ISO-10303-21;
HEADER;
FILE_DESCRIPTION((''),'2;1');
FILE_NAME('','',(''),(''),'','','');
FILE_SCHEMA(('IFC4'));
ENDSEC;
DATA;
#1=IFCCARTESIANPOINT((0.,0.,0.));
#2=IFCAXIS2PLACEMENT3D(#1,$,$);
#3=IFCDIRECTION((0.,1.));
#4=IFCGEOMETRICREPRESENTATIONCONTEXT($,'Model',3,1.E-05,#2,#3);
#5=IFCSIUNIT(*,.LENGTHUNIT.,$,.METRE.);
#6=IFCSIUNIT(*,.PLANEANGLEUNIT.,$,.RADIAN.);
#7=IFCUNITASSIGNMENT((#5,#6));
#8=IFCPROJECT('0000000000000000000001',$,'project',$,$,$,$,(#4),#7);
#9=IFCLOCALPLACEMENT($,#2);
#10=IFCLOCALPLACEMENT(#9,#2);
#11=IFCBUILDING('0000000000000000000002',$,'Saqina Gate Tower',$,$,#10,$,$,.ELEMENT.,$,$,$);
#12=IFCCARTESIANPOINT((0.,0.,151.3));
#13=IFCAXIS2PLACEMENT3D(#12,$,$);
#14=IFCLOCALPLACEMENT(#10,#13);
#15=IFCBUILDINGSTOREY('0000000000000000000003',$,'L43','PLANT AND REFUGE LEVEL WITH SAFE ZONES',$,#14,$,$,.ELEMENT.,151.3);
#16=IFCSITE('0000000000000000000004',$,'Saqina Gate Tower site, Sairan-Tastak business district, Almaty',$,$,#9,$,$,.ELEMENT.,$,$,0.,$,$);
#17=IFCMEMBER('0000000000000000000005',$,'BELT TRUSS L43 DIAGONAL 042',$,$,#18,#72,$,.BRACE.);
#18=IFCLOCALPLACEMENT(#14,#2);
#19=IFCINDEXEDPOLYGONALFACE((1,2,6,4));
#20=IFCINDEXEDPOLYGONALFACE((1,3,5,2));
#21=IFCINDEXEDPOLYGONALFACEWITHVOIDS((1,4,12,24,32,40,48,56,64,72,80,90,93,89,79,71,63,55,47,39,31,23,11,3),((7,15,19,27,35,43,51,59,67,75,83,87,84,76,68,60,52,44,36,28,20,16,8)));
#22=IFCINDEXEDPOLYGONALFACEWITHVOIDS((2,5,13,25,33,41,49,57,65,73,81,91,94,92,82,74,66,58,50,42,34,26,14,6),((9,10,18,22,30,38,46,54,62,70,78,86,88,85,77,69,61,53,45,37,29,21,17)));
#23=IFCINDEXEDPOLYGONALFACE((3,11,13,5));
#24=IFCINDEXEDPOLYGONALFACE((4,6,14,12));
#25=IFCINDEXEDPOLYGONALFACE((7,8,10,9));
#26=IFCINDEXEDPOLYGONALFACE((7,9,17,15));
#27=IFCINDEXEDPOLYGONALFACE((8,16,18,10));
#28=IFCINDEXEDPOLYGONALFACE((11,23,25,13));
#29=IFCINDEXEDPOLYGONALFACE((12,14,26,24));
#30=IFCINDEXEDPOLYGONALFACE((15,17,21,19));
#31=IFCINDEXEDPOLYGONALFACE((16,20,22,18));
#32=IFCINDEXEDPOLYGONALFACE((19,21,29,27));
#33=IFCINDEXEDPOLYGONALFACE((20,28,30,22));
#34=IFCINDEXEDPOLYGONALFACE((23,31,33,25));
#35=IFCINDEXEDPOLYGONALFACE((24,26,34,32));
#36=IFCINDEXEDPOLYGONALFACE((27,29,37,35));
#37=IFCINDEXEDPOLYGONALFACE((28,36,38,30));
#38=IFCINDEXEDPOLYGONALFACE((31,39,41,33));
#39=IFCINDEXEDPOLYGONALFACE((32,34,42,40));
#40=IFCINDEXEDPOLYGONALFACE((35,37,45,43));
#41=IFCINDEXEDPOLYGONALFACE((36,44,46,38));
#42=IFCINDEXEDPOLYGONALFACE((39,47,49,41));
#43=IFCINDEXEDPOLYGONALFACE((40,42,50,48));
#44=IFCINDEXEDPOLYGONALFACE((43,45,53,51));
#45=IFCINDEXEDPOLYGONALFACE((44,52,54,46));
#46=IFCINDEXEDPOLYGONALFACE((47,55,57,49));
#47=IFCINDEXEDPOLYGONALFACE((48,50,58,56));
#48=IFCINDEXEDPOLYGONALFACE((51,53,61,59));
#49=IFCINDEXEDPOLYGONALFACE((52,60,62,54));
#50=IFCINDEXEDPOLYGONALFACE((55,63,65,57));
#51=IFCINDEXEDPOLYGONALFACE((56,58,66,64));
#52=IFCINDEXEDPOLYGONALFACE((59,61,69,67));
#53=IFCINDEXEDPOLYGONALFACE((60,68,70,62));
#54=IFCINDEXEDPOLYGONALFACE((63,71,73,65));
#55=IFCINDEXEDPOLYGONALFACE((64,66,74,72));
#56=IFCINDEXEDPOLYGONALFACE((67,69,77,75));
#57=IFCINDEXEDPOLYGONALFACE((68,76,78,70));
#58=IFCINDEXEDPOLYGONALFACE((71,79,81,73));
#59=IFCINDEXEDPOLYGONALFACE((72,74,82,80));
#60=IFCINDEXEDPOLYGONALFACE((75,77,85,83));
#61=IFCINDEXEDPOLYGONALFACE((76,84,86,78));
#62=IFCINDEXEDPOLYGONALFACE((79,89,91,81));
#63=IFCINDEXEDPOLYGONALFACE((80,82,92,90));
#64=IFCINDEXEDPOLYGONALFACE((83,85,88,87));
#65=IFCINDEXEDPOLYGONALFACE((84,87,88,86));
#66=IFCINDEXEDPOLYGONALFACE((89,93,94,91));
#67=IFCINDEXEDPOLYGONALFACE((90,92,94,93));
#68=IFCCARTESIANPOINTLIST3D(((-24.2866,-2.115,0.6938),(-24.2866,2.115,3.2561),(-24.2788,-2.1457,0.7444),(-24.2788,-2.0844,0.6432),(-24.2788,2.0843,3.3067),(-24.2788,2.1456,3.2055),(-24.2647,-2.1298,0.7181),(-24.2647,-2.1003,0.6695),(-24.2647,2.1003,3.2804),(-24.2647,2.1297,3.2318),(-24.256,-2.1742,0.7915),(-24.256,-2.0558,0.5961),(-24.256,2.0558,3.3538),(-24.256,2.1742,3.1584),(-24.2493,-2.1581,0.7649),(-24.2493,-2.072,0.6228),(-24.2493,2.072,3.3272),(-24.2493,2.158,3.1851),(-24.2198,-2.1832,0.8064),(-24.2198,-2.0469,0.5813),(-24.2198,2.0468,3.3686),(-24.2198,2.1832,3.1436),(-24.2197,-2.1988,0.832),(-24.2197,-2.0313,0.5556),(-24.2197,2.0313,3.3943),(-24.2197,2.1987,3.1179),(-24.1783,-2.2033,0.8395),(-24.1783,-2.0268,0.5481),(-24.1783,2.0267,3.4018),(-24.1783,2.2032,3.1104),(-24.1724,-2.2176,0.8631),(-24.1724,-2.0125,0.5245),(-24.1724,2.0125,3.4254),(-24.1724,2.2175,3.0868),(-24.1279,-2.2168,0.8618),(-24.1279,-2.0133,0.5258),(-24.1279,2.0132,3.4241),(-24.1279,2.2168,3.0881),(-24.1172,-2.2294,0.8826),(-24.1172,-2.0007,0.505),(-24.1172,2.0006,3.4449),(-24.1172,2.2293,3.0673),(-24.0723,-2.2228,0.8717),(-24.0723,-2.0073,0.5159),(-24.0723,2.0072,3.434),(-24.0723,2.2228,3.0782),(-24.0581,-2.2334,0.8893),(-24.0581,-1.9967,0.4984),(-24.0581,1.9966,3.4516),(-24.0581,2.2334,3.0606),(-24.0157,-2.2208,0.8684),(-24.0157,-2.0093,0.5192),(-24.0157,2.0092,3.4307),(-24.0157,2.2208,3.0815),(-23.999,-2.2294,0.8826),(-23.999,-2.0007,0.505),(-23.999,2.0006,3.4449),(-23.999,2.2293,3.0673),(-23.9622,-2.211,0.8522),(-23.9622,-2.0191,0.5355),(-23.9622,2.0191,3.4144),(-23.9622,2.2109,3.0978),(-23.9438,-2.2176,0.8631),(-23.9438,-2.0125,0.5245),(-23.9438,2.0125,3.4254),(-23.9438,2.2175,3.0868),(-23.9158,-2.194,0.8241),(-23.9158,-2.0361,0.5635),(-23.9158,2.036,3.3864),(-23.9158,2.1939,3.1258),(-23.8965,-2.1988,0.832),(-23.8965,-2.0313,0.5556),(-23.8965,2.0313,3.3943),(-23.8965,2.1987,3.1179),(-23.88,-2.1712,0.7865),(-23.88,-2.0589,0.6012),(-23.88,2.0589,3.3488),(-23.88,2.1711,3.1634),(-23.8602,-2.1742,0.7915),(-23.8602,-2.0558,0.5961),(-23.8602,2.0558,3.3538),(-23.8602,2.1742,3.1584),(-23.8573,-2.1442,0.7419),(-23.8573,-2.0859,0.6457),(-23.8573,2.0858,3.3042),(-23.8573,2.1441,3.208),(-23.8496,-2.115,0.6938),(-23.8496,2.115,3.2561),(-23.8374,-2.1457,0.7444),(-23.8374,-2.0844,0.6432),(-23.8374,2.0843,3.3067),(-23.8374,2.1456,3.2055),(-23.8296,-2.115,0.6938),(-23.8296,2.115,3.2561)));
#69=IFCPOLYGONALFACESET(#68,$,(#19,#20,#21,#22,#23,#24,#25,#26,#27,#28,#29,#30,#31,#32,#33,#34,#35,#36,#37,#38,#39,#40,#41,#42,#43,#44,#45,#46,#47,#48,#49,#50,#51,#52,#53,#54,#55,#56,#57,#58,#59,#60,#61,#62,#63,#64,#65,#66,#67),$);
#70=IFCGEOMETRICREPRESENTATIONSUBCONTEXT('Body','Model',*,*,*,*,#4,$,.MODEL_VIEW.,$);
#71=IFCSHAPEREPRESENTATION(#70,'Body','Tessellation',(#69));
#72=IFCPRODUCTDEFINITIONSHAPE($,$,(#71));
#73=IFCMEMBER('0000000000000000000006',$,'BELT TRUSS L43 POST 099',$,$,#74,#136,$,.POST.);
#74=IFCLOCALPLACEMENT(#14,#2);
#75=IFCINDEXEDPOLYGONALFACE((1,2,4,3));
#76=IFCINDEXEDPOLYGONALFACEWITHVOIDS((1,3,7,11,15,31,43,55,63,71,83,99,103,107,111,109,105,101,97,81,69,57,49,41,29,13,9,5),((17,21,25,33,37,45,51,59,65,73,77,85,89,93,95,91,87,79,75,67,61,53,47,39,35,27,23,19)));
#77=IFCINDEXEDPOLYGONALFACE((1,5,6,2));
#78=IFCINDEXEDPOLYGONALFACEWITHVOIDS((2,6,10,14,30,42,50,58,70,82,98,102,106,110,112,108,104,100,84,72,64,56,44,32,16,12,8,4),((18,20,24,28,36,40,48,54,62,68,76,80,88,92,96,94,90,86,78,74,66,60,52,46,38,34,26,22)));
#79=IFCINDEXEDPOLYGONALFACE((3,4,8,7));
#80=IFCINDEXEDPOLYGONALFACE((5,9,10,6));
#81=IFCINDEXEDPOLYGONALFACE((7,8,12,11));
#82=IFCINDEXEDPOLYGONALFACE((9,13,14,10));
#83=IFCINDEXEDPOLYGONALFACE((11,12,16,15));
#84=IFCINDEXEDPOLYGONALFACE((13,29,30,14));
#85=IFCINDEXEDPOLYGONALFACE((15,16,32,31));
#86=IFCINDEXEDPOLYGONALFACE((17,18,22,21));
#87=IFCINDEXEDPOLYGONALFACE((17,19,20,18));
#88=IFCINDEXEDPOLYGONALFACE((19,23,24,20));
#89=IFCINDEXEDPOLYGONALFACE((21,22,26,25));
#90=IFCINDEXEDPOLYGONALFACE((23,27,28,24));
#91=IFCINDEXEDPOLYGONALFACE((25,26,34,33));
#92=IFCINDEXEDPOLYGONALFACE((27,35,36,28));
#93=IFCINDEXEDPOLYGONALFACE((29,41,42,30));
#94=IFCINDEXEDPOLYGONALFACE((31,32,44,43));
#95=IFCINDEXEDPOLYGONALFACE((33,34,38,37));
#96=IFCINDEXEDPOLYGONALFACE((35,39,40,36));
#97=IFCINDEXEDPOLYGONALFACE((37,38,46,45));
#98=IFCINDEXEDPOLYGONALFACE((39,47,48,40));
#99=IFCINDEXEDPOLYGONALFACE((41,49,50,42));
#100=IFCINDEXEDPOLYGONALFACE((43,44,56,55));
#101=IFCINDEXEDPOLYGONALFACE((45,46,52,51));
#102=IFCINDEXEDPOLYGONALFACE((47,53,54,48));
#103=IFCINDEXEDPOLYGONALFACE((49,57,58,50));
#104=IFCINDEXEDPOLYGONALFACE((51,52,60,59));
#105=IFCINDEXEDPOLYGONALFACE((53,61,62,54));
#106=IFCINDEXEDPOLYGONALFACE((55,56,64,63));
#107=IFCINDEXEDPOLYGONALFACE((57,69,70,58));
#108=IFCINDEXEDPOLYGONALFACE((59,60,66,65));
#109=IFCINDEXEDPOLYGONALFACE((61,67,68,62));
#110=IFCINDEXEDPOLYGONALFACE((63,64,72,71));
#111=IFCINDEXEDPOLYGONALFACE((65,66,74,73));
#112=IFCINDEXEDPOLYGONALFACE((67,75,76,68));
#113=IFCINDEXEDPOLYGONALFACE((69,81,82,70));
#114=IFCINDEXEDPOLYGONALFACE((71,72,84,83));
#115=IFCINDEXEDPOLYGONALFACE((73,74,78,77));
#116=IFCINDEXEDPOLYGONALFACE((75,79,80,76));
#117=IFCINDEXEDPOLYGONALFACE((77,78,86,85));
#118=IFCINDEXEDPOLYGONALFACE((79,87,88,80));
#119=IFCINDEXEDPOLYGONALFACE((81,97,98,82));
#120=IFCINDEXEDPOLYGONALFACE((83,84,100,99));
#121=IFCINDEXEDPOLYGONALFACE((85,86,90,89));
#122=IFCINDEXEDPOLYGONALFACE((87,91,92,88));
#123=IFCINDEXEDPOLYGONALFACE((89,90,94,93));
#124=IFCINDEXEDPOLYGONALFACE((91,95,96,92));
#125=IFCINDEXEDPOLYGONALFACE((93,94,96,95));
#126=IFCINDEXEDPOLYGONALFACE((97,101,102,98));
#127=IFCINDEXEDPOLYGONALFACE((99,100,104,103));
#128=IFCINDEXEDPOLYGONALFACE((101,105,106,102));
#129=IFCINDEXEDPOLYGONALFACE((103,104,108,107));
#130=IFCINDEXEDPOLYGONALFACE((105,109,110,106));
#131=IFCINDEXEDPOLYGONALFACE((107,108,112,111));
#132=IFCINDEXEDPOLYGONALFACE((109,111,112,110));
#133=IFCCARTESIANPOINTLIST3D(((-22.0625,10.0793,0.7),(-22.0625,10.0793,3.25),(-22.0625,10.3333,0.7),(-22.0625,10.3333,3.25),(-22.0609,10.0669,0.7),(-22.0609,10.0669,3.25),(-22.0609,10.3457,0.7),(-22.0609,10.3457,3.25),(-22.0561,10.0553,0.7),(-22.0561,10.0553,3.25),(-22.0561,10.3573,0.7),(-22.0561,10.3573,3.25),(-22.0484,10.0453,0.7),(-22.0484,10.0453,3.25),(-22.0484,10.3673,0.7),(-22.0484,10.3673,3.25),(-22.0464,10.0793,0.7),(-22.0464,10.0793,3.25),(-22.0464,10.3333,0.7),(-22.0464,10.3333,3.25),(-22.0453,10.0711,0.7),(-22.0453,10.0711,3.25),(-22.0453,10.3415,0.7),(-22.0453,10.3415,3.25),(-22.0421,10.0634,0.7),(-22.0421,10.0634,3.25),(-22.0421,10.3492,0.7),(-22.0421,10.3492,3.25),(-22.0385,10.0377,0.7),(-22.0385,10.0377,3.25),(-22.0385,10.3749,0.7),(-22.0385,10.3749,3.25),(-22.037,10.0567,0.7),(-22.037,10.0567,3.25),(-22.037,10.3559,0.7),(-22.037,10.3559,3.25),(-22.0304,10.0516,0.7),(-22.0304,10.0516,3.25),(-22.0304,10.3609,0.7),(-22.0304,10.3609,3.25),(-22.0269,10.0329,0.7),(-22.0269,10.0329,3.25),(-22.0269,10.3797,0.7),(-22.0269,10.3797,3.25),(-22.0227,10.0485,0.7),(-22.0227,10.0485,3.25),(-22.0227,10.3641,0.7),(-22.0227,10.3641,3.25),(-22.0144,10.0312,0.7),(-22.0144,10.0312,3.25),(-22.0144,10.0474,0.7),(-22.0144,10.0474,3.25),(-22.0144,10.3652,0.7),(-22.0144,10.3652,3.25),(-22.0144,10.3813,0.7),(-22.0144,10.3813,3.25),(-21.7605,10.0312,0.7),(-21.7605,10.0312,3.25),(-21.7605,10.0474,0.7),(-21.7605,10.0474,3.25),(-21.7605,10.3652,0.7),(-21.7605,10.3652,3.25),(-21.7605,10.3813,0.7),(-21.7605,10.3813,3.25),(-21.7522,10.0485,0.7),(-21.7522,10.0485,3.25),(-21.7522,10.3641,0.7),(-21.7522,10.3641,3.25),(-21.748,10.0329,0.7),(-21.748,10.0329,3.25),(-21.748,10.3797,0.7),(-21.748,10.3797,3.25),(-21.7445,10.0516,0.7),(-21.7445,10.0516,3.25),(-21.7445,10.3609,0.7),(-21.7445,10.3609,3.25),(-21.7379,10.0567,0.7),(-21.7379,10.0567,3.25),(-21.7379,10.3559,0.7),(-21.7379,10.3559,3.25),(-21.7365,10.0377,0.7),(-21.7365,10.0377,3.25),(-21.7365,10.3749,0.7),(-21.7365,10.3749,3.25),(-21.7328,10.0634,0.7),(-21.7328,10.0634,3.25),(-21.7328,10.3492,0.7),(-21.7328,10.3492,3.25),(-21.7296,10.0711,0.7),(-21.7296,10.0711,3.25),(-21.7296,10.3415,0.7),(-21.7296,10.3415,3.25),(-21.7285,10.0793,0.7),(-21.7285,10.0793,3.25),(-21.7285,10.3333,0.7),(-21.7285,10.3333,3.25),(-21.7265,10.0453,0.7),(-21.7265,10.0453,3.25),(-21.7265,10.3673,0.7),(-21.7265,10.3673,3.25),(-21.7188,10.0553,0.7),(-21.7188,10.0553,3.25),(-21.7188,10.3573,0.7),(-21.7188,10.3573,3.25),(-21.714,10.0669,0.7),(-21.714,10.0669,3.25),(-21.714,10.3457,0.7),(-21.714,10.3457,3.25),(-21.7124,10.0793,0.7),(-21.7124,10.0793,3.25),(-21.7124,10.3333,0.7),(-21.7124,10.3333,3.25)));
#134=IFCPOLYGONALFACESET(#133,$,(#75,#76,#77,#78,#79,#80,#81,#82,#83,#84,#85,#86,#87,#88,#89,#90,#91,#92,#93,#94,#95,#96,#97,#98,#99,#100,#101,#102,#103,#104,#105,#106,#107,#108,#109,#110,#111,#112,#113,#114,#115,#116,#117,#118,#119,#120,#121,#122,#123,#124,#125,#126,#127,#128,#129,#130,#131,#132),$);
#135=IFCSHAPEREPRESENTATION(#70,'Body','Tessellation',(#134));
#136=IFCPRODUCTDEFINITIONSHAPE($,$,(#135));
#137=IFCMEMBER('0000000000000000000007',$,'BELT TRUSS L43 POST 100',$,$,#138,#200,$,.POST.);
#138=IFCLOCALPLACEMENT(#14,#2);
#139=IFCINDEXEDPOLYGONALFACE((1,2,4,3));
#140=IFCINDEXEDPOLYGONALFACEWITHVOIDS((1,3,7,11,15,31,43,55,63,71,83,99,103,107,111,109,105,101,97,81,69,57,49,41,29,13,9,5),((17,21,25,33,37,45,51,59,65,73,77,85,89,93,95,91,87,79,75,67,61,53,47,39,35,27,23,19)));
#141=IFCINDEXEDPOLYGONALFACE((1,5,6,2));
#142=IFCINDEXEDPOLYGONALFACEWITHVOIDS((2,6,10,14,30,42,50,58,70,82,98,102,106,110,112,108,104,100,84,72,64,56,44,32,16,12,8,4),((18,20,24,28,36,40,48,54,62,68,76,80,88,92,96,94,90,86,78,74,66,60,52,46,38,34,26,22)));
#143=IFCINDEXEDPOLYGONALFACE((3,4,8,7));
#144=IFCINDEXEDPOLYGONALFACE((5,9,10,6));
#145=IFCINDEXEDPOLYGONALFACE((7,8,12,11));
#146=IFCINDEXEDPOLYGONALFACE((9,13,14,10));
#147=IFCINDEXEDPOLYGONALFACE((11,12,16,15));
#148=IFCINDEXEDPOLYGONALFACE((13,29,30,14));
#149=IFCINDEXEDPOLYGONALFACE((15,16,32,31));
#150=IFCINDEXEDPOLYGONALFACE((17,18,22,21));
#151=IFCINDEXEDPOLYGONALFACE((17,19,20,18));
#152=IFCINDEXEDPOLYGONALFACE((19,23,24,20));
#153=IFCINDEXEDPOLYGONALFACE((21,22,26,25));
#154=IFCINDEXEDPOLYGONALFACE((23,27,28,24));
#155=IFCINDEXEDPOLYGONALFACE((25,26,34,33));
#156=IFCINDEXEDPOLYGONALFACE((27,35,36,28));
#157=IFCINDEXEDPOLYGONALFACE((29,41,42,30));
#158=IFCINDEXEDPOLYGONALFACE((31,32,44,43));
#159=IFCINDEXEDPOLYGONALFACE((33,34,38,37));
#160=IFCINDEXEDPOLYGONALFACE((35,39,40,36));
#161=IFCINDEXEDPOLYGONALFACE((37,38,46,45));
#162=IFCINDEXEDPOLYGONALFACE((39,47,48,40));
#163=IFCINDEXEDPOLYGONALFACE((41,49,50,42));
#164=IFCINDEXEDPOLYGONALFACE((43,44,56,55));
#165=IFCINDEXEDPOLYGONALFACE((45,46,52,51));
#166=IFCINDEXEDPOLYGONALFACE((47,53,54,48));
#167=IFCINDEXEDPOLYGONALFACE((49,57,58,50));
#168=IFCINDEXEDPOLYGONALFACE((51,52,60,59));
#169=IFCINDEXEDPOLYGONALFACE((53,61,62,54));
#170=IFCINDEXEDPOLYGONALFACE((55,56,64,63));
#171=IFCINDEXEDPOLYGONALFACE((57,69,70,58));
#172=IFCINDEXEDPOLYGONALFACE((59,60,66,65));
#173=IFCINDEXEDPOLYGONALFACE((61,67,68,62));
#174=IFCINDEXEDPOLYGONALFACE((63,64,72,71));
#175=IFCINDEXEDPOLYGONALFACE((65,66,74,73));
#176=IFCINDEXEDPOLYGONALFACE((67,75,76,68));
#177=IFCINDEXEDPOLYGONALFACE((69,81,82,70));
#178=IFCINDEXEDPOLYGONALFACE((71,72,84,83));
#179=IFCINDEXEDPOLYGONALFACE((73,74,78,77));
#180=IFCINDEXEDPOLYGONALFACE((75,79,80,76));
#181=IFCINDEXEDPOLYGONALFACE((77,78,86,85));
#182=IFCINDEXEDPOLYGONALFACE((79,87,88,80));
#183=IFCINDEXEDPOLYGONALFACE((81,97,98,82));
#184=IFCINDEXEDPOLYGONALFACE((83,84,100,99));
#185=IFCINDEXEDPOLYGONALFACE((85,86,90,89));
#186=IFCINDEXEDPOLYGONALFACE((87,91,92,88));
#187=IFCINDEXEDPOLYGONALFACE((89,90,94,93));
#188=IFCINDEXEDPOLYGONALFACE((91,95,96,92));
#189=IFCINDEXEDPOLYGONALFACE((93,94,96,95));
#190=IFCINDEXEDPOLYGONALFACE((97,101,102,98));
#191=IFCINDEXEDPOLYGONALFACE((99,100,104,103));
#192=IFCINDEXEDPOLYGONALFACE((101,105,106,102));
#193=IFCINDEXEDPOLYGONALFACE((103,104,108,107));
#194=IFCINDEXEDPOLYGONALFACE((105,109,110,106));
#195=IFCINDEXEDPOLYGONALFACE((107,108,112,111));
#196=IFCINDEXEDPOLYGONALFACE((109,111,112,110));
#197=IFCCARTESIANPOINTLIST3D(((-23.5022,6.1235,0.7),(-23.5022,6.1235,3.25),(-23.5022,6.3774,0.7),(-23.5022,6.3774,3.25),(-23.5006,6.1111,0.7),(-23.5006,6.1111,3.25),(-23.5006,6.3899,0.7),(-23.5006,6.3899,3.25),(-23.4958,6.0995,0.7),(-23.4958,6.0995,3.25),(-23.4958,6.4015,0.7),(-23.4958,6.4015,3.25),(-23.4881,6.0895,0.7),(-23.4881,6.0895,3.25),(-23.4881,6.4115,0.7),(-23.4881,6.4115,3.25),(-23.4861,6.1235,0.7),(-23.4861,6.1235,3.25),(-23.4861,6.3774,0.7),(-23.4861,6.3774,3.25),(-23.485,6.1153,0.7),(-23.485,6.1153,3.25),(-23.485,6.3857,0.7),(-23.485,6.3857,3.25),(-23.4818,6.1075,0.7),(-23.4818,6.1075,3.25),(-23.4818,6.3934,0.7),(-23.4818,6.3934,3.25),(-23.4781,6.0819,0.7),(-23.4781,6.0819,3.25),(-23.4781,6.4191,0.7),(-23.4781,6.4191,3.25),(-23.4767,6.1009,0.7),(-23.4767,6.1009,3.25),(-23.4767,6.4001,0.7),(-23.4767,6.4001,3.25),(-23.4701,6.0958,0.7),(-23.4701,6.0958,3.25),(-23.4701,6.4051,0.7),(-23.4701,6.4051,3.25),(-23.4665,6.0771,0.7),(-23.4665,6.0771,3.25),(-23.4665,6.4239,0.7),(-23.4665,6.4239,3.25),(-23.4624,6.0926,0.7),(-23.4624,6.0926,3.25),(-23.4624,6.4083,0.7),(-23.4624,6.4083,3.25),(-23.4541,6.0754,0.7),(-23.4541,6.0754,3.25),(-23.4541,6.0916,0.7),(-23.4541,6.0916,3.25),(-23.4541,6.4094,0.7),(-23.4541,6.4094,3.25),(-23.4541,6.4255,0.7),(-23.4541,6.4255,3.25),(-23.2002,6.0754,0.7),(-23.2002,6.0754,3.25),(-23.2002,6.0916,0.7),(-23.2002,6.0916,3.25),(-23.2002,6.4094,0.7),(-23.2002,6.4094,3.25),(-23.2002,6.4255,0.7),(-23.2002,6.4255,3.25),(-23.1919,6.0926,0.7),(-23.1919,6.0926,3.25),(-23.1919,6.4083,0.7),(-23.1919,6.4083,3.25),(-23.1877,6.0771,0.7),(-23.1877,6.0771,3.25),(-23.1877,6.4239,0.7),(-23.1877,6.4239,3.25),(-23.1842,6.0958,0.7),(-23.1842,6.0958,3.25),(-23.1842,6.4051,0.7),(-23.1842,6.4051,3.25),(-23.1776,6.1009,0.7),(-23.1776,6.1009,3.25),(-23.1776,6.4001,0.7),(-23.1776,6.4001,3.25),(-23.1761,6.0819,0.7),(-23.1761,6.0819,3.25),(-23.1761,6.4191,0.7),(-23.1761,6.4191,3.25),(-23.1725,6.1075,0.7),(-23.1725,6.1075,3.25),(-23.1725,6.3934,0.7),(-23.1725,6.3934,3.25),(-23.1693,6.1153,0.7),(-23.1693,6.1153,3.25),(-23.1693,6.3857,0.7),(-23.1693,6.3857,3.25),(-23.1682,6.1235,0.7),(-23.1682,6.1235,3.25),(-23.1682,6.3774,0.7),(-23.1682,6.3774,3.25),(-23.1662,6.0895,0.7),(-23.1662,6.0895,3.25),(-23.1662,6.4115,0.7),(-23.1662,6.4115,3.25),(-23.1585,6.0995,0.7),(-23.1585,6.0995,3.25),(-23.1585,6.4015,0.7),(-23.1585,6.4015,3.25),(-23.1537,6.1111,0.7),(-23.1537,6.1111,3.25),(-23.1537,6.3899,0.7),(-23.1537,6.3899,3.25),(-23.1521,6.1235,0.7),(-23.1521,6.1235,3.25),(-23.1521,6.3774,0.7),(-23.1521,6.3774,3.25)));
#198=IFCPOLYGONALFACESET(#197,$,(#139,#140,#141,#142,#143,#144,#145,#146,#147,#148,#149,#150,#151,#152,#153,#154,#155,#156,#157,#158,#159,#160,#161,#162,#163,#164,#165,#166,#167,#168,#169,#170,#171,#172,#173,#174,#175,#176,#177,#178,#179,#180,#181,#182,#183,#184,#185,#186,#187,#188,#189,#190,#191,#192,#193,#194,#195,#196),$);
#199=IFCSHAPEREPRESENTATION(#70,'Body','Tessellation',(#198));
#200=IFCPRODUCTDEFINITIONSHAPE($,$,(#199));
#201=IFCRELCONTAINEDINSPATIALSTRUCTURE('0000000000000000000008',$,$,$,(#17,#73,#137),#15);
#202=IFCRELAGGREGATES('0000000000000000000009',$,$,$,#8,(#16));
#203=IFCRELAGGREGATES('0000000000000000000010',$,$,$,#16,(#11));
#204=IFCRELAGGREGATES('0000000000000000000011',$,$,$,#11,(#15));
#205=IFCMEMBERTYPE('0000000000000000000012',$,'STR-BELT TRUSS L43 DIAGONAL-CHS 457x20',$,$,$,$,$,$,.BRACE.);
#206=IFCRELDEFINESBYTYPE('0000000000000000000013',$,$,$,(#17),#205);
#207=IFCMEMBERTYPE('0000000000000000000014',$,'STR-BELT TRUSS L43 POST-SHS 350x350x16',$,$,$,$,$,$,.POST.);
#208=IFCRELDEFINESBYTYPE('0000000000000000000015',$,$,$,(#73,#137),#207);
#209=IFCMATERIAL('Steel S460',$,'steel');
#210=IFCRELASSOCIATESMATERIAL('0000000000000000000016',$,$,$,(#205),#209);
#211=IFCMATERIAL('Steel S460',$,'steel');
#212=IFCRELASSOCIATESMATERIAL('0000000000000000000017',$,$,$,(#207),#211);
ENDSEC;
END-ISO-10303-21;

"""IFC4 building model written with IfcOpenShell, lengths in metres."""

from ifc_helpers import new_model, si_unit, direction, frame, origin, origin_2d, place, context, subcontext, project, spatial, hollow_rectangle, hollow_circle, extrude, material, material_profile, profile_set, type_object, element, save


model = new_model("IFC4")

# Units and contexts
model_context = context("Model", 3, precision=1e-05, world=origin(), true_north=direction((0.0, 1.0)))
body_context = subcontext(model_context, "Body", "Model", "MODEL_VIEW")
ifc_project = project(units=[si_unit("LENGTHUNIT", "METRE"), si_unit("PLANEANGLEUNIT", "RADIAN")], contexts=[model_context])

# Site, building, storey
site_placement = place(None, origin())
site = spatial("IfcSite", under=ifc_project, at=site_placement, Name="Saqina Gate Tower site, Sairan-Tastak business district, Almaty", CompositionType="ELEMENT", RefElevation=0.0)
building_placement = place(site_placement, origin())
building = spatial("IfcBuilding", under=site, at=building_placement, Name="Saqina Gate Tower", CompositionType="ELEMENT")
storey_placement = place(building_placement, frame((0.0, 0.0, 151.3)))
storey = spatial("IfcBuildingStorey", under=building, at=storey_placement, Name="L43", Description="PLANT AND REFUGE LEVEL WITH SAFE ZONES", CompositionType="ELEMENT", Elevation=151.3)

# Members
ifc_material_1 = material(Name="Steel S460", Category="steel")
ifc_material_profile_1 = material_profile(ifc_material_1, hollow_circle(Radius=0.2285, WallThickness=0.02, at=origin_2d()), Name="CHS 457x20")
ifc_profile_set_1 = profile_set([ifc_material_profile_1], Name="Steel S460")
member_type_1 = type_object("IfcMemberType", Name="STR-BELT TRUSS L43 DIAGONAL-CHS 457x20", PredefinedType="BRACE", material=ifc_profile_set_1)
for number, where, z_axis, x_axis, name in (
    (1, (-24.0581, 2.115, 3.2561), (0.0, -0.85532, -0.518099), (1.0, 0.0, 0.0), "BELT TRUSS L43 DIAGONAL 042"),
):
    element("IfcMember", number, at=place(storey_placement, frame(where, z_axis=z_axis, x_axis=x_axis)), inside=storey, type_object=member_type_1, Name=name, PredefinedType="BRACE", context=body_context, shape_type="SweptSolid", body=[
        extrude(hollow_circle(Radius=0.2285, WallThickness=0.02, at=origin_2d()), origin(), (0.0, 0.0, 1.0), 4.9456),
    ])
ifc_material_2 = material(Name="Steel S460", Category="steel")
ifc_material_profile_2 = material_profile(ifc_material_2, hollow_rectangle(XDim=0.3501, YDim=0.3501, WallThickness=0.0161, InnerFilletRadius=0.032, OuterFilletRadius=0.0481, at=origin_2d()), Name="SHS 350x350x16")
ifc_profile_set_2 = profile_set([ifc_material_profile_2], Name="Steel S460")
member_type_2 = type_object("IfcMemberType", Name="STR-BELT TRUSS L43 POST-SHS 350x350x16", PredefinedType="POST", material=ifc_profile_set_2)
for number, where, z_axis, x_axis, name in (
    (2, (-21.8875, 10.2063, 0.7), (0.0, 0.0, 1.0), (1.0, 0.0, 0.0), "BELT TRUSS L43 POST 099"),
    (3, (-23.3271, 6.2505, 0.7), (0.0, 0.0, 1.0), (1.0, 0.0, 0.0), "BELT TRUSS L43 POST 100"),
):
    element("IfcMember", number, at=place(storey_placement, frame(where, z_axis=z_axis, x_axis=x_axis)), inside=storey, type_object=member_type_2, Name=name, PredefinedType="POST", context=body_context, shape_type="SweptSolid", body=[
        extrude(hollow_rectangle(XDim=0.3501, YDim=0.3501, WallThickness=0.0161, InnerFilletRadius=0.032, OuterFilletRadius=0.0481, at=origin_2d()), origin(), (0.0, 0.0, 1.0), 2.55),
    ])

save(model, "model.ifc")
